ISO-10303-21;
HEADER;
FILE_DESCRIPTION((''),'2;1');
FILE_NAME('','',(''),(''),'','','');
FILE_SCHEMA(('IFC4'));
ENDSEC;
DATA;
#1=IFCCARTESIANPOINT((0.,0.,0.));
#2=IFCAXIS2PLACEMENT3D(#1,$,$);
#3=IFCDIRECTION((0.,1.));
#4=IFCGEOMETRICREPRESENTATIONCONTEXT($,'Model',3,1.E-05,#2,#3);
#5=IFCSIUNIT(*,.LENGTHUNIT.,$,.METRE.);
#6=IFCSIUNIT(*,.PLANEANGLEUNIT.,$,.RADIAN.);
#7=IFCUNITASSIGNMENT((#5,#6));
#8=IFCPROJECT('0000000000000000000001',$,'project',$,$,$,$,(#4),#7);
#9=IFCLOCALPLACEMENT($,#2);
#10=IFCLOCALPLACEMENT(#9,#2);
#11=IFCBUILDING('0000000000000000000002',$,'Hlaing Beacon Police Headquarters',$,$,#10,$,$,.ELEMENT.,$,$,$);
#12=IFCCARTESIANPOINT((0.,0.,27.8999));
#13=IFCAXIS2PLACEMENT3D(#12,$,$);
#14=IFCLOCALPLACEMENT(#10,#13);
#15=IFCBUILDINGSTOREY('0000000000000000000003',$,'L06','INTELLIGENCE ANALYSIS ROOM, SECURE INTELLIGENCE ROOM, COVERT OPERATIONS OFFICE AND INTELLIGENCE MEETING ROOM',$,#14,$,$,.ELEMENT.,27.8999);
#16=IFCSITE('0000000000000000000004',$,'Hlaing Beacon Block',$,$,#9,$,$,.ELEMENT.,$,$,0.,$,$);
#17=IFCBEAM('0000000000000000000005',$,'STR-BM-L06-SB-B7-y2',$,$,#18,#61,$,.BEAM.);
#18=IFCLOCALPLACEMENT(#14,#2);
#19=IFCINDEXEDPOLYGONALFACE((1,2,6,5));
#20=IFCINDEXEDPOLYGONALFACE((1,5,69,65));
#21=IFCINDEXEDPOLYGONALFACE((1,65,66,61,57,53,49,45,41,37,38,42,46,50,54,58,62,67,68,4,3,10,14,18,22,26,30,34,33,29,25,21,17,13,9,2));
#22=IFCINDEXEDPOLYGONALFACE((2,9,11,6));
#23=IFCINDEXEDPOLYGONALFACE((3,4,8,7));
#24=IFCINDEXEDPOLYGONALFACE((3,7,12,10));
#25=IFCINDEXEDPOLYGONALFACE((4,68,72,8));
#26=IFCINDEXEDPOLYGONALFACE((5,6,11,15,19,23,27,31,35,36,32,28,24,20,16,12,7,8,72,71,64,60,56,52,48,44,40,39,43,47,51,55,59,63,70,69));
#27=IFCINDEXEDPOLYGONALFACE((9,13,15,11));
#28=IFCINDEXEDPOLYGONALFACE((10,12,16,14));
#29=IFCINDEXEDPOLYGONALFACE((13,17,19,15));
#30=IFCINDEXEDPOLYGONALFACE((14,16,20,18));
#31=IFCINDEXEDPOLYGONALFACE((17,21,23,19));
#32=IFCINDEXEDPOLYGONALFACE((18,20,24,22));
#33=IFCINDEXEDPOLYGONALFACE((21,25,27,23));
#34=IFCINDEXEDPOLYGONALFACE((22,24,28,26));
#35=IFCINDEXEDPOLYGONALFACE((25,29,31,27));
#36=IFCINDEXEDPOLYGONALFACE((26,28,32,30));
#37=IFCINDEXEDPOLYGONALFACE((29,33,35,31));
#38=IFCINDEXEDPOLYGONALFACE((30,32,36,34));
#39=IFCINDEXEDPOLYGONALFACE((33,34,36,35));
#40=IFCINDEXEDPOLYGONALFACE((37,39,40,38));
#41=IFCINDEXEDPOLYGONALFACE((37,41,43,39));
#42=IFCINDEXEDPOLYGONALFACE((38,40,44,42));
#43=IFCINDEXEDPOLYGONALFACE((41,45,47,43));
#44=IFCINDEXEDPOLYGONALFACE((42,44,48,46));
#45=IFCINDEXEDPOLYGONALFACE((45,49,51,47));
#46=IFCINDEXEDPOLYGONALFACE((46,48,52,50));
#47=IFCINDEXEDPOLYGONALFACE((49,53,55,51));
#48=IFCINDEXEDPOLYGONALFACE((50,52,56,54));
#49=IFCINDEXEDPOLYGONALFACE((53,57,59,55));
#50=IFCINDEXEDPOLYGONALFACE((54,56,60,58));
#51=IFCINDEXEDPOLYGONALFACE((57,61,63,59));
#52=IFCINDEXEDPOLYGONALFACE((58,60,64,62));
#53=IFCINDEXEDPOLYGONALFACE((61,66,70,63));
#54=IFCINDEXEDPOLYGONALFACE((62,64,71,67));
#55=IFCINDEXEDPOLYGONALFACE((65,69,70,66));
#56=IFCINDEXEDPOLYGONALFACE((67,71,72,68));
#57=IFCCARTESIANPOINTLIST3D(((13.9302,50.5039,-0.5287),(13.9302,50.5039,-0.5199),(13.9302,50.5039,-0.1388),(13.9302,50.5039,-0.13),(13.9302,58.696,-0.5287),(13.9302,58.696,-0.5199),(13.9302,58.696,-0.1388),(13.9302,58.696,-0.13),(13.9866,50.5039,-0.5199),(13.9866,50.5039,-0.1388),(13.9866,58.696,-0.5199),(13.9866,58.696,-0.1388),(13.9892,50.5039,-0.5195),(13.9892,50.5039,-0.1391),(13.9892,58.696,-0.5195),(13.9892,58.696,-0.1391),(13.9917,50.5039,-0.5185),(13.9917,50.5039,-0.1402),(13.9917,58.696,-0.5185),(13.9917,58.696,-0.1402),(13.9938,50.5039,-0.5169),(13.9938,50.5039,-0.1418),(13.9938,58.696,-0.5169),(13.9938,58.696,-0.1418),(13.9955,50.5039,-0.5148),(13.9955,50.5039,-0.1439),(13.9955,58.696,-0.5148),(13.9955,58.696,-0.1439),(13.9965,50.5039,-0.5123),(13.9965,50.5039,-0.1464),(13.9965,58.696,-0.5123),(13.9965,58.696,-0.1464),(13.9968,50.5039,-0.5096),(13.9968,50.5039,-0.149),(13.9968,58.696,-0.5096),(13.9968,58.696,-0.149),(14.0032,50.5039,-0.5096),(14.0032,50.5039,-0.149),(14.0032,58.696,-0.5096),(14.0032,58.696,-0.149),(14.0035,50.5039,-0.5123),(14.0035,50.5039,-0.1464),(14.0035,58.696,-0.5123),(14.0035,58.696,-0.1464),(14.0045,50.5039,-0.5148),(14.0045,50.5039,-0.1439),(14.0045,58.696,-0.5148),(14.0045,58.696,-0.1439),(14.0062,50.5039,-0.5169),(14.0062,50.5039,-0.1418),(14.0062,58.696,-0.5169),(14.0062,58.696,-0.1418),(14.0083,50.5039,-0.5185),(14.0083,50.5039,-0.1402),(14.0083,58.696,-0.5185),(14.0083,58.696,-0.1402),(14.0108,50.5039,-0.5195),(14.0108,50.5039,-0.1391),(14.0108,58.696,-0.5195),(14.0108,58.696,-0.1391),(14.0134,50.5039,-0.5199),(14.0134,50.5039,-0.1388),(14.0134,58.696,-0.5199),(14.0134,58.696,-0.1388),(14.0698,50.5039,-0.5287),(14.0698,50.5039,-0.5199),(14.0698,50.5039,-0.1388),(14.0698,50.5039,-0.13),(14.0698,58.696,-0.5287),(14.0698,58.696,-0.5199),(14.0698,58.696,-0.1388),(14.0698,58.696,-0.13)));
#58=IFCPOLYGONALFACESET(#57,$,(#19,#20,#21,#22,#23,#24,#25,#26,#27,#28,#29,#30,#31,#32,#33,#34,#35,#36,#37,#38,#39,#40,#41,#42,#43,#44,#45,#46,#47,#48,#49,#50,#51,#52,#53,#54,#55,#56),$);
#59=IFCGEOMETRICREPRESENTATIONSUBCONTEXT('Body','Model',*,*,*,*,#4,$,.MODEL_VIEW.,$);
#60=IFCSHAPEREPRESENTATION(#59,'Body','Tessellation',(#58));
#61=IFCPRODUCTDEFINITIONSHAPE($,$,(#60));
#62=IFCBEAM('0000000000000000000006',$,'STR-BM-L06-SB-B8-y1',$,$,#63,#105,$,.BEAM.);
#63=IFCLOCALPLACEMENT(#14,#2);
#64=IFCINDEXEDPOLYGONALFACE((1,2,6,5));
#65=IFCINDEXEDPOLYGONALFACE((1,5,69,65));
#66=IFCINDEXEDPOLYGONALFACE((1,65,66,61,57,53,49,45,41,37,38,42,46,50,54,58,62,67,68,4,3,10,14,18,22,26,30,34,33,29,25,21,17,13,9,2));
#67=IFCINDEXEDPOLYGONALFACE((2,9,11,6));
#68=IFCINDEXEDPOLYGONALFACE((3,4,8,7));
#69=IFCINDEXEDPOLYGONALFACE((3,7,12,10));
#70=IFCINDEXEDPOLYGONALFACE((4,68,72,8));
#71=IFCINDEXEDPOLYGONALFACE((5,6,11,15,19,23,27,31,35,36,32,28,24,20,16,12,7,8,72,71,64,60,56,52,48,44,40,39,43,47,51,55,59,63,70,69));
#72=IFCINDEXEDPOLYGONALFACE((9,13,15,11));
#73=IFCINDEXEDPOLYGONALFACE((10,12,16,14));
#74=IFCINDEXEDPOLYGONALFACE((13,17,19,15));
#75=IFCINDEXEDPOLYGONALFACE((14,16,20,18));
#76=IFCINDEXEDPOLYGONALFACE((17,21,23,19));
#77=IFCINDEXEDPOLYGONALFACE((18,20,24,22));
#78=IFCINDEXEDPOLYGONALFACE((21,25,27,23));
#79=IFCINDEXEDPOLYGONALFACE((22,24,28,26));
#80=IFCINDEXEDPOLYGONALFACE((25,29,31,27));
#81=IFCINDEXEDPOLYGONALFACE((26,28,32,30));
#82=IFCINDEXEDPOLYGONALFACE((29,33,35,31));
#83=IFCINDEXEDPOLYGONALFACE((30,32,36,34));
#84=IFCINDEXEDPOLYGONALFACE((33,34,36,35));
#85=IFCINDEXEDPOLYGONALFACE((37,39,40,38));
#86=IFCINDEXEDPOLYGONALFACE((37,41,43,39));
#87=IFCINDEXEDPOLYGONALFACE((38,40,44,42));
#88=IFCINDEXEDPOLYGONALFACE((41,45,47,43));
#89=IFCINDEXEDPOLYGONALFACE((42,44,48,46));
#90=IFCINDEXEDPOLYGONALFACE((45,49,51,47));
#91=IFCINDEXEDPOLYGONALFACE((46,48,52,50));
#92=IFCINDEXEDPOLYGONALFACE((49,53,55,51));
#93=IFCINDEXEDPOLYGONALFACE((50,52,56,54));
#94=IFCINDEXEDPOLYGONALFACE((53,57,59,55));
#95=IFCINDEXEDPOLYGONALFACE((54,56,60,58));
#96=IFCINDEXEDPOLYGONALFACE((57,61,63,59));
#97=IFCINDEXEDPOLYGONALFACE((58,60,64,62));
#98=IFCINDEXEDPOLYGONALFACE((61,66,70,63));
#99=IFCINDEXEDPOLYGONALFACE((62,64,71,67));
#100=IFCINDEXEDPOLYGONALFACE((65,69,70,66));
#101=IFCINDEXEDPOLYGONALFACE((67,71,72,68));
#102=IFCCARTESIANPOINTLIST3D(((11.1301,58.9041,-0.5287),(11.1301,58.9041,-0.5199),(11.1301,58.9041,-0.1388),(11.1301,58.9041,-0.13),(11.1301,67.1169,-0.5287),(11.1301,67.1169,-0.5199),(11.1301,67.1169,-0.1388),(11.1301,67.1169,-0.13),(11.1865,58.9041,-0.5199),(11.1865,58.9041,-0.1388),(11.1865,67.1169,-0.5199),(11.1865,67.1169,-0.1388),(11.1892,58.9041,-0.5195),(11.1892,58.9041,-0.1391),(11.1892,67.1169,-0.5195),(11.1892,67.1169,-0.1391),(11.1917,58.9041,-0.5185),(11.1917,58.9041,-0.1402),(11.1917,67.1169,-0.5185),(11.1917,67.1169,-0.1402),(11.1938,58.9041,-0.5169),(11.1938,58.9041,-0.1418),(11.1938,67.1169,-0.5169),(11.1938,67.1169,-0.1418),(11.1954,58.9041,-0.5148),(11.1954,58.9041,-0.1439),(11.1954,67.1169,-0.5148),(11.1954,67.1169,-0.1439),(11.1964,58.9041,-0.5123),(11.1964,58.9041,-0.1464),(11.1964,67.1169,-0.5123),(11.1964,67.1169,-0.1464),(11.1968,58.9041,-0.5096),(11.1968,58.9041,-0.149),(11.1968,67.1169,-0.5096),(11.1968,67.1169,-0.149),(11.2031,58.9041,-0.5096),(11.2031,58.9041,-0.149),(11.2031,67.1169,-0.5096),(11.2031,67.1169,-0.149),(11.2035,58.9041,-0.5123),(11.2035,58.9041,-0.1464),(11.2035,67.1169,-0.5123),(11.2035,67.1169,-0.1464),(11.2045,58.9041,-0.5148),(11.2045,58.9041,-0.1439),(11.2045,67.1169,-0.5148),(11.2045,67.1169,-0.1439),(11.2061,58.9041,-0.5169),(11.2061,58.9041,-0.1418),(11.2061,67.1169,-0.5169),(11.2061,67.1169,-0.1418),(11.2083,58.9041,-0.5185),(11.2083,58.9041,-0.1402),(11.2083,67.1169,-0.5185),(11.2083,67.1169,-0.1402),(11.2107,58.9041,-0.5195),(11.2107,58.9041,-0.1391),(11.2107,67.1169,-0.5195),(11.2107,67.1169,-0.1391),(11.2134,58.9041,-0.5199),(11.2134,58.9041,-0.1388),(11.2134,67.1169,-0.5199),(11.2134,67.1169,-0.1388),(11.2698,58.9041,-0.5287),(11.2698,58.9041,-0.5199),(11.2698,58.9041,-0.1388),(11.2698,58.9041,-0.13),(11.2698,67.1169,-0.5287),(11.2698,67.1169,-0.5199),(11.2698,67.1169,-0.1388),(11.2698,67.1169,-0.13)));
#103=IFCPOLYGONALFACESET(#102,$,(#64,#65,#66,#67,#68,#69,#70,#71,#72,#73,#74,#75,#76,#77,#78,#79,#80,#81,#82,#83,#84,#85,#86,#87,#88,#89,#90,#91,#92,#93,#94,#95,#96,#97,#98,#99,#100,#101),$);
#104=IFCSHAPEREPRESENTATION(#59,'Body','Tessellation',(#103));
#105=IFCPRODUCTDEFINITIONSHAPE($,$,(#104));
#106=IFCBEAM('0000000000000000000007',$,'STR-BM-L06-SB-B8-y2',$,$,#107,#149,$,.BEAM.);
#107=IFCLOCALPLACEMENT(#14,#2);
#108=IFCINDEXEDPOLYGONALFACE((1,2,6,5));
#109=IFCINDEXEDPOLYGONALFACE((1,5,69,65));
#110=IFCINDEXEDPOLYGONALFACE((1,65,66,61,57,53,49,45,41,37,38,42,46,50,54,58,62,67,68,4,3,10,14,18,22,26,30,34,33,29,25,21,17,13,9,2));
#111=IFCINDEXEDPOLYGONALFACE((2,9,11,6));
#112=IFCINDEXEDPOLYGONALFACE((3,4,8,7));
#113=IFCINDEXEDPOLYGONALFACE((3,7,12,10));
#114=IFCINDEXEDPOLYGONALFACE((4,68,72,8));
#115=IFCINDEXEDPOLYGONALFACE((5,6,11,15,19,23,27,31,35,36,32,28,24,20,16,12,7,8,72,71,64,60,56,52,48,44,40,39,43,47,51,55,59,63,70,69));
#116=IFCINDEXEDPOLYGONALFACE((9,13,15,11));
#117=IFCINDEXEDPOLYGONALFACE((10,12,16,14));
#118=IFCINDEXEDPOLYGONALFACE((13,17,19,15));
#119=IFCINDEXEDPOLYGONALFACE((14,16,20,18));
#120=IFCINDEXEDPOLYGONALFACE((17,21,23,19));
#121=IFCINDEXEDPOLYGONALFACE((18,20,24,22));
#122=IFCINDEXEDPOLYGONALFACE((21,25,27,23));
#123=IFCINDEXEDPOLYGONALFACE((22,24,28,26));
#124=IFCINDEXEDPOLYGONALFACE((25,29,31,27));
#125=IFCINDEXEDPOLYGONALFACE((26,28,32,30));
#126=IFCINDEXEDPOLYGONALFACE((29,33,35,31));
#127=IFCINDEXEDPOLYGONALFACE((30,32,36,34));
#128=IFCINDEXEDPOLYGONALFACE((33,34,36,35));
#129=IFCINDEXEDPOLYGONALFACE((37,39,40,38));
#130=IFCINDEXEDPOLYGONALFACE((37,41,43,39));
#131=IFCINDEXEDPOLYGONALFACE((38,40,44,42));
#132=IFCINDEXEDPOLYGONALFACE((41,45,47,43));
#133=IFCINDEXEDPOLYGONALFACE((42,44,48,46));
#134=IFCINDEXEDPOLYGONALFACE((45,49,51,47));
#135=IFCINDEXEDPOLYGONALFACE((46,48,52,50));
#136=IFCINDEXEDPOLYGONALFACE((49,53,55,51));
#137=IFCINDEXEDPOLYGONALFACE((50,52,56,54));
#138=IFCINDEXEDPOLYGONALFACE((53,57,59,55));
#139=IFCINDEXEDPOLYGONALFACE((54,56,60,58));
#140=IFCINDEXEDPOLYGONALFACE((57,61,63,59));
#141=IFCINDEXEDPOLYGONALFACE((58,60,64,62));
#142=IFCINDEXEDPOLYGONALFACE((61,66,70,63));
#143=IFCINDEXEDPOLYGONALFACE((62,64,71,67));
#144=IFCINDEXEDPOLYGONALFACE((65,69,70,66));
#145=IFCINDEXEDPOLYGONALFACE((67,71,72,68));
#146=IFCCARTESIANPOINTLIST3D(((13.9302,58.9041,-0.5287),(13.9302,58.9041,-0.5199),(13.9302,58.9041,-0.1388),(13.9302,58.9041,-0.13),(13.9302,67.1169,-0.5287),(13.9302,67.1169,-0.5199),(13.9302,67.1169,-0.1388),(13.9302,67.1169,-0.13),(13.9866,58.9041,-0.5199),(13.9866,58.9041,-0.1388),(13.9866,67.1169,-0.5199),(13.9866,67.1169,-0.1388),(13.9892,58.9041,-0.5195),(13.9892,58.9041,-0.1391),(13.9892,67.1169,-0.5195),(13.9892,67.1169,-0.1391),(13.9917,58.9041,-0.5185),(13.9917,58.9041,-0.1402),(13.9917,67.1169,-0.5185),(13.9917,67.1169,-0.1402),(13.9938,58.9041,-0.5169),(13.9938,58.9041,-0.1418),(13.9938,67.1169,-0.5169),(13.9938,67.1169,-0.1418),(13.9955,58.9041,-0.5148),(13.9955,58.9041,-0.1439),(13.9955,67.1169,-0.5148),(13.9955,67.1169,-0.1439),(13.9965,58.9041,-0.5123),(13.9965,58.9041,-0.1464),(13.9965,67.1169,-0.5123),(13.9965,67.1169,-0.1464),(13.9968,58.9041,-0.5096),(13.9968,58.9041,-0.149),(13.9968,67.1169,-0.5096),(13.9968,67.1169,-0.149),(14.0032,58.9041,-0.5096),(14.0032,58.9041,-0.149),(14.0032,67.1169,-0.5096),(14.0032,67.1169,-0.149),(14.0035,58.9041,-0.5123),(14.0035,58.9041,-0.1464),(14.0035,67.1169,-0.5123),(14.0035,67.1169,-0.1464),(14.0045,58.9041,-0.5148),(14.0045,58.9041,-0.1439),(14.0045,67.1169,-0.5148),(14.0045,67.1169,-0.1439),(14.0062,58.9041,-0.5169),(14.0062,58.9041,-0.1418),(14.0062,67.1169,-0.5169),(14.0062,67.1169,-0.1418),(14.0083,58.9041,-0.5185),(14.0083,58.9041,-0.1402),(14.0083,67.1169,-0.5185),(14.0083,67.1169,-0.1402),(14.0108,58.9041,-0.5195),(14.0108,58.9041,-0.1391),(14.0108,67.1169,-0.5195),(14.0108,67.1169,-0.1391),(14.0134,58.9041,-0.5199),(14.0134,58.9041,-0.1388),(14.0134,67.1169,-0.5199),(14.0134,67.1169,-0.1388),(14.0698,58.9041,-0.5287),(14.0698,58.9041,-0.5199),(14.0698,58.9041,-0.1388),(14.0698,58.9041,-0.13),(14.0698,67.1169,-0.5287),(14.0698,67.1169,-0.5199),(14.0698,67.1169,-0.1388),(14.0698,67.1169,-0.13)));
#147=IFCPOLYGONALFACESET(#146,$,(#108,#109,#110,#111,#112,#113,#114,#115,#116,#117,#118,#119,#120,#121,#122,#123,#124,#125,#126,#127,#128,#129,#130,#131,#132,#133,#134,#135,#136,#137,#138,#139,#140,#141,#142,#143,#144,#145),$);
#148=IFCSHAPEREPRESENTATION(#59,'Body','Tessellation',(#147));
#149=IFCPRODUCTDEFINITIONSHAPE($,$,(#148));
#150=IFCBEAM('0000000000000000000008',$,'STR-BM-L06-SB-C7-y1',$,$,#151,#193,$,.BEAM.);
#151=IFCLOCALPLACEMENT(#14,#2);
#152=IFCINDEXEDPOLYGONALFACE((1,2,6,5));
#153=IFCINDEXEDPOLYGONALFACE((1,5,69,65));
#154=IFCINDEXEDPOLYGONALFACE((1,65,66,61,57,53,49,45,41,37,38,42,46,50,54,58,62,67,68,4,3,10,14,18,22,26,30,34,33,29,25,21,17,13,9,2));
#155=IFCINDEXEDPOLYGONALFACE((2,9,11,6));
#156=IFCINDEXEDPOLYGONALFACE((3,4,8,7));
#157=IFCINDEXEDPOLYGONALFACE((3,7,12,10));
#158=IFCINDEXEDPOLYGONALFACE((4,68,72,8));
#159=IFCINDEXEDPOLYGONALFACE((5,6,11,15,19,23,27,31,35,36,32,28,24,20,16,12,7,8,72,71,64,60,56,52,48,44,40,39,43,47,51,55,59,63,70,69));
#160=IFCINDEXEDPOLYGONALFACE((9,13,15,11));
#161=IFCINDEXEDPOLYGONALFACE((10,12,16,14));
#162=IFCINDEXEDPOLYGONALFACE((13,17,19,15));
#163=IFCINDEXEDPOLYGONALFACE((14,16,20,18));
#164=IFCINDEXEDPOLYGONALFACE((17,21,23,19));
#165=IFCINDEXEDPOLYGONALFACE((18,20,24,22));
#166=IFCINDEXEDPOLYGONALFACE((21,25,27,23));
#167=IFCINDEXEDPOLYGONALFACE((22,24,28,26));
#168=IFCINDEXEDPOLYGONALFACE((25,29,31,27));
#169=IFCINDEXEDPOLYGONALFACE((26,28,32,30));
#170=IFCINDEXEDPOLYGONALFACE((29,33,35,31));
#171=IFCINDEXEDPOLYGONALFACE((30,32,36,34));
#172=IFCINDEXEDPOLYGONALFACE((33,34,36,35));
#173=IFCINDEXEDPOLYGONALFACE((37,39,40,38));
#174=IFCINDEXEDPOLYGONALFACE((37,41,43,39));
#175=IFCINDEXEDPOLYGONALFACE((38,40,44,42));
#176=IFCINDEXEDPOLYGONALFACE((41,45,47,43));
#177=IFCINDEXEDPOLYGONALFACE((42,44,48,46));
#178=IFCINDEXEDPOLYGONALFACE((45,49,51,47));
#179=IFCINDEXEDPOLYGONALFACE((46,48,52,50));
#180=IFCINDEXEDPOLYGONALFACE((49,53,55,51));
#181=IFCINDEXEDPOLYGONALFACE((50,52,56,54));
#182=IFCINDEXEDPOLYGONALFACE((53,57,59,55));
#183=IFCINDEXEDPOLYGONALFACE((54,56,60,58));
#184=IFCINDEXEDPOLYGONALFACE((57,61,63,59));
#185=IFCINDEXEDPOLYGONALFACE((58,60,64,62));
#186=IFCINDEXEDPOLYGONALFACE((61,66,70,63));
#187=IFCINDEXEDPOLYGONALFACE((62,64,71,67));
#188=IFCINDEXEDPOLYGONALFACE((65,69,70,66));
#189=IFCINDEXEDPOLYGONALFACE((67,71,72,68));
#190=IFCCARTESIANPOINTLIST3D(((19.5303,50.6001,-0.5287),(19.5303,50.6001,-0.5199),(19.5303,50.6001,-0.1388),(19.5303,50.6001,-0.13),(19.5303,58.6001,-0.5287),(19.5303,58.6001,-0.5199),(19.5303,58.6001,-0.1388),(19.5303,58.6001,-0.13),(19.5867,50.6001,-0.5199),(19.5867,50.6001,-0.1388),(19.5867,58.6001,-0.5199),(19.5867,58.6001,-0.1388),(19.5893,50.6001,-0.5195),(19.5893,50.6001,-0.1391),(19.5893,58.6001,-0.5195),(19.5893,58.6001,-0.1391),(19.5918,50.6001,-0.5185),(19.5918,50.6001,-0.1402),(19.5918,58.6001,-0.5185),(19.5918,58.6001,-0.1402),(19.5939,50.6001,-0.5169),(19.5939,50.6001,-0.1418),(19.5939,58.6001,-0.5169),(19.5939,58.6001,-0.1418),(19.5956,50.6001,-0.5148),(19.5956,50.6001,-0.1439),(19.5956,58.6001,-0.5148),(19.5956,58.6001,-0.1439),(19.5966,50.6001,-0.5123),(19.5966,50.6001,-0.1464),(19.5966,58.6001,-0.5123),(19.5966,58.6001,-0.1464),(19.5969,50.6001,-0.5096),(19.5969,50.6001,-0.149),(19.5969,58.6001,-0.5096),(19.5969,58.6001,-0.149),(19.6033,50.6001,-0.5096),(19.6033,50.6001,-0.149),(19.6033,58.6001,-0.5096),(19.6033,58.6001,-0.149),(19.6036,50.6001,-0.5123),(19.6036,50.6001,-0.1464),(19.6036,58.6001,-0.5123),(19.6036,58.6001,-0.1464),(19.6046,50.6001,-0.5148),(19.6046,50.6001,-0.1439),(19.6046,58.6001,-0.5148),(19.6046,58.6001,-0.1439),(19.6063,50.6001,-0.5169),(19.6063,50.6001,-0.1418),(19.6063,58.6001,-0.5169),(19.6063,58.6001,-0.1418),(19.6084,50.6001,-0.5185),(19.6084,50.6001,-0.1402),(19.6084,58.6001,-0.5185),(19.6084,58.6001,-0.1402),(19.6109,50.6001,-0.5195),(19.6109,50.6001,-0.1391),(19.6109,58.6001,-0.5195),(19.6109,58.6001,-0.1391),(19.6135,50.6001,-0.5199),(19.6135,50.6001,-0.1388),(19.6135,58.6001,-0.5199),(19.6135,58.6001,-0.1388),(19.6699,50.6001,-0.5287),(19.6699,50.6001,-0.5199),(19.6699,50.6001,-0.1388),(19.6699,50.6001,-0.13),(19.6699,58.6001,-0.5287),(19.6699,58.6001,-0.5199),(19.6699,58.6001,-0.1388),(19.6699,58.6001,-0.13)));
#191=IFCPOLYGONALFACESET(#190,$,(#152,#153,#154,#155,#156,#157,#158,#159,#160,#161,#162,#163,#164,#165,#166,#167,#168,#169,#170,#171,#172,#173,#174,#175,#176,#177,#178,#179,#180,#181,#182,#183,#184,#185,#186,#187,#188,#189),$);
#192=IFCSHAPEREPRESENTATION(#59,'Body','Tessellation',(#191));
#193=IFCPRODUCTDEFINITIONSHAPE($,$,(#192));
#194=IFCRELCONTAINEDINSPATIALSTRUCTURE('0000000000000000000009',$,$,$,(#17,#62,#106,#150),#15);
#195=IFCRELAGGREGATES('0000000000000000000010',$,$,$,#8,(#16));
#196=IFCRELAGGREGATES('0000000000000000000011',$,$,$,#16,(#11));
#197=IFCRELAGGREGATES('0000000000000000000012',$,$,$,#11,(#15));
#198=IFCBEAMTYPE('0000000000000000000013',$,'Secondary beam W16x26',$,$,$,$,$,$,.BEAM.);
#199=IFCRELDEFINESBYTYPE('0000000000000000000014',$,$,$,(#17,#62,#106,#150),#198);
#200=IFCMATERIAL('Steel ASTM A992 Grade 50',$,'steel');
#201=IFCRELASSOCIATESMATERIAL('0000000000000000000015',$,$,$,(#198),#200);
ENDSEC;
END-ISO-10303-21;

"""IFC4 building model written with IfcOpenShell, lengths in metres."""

from ifc_helpers import new_model, si_unit, direction, frame, origin, origin_2d, place, context, subcontext, project, spatial, i_section, extrude, material, material_profile, profile_set, type_object, element, save


model = new_model("IFC4")

# Units and contexts
model_context = context("Model", 3, precision=1e-05, world=origin(), true_north=direction((0.0, 1.0)))
body_context = subcontext(model_context, "Body", "Model", "MODEL_VIEW")
ifc_project = project(units=[si_unit("LENGTHUNIT", "METRE"), si_unit("PLANEANGLEUNIT", "RADIAN")], contexts=[model_context])

# Site, building, storey
site_placement = place(None, origin())
site = spatial("IfcSite", under=ifc_project, at=site_placement, Name="Hlaing Beacon Block", CompositionType="ELEMENT", RefElevation=0.0)
building_placement = place(site_placement, origin())
building = spatial("IfcBuilding", under=site, at=building_placement, Name="Hlaing Beacon Police Headquarters", CompositionType="ELEMENT")
storey_placement = place(building_placement, frame((0.0, 0.0, 27.8999)))
storey = spatial("IfcBuildingStorey", under=building, at=storey_placement, Name="L06", Description="INTELLIGENCE ANALYSIS ROOM, SECURE INTELLIGENCE ROOM, COVERT OPERATIONS OFFICE AND INTELLIGENCE MEETING ROOM", CompositionType="ELEMENT", Elevation=27.8999)

# Beams
ifc_material_1 = material(Name="Steel ASTM A992 Grade 50", Category="steel")
ifc_material_profile_1 = material_profile(ifc_material_1, i_section(OverallWidth=0.1396, OverallDepth=0.3987, WebThickness=0.0063, FlangeThickness=0.0088, FilletRadius=0.0103, at=origin_2d()), Name="W16x26")
ifc_profile_set_1 = profile_set([ifc_material_profile_1], Name="Steel ASTM A992 Grade 50")
beam_type_1 = type_object("IfcBeamType", Name="Secondary beam W16x26", PredefinedType="BEAM", material=ifc_profile_set_1)
for number, where, z_axis, x_axis, name in (
    (1, (14.0, 50.5039, -0.3293), (0.0, 1.0, 0.0), (-1.0, 0.0, 0.0), "STR-BM-L06-SB-B7-y2"),
):
    element("IfcBeam", number, at=place(storey_placement, frame(where, z_axis=z_axis, x_axis=x_axis)), inside=storey, type_object=beam_type_1, Name=name, PredefinedType="BEAM", context=body_context, shape_type="SweptSolid", body=[
        extrude(i_section(OverallWidth=0.1396, OverallDepth=0.3987, WebThickness=0.0063, FlangeThickness=0.0088, FilletRadius=0.0103, at=origin_2d()), origin(), (0.0, 0.0, 1.0), 8.1921),
    ])
for number, where, z_axis, x_axis, name in (
    (2, (11.2, 58.9041, -0.3293), (0.0, 1.0, 0.0), (-1.0, 0.0, 0.0), "STR-BM-L06-SB-B8-y1"),
    (3, (14.0, 58.9041, -0.3293), (0.0, 1.0, 0.0), (-1.0, 0.0, 0.0), "STR-BM-L06-SB-B8-y2"),
):
    element("IfcBeam", number, at=place(storey_placement, frame(where, z_axis=z_axis, x_axis=x_axis)), inside=storey, type_object=beam_type_1, Name=name, PredefinedType="BEAM", context=body_context, shape_type="SweptSolid", body=[
        extrude(i_section(OverallWidth=0.1396, OverallDepth=0.3987, WebThickness=0.0063, FlangeThickness=0.0088, FilletRadius=0.0103, at=origin_2d()), origin(), (0.0, 0.0, 1.0), 8.2129),
    ])
for number, where, z_axis, x_axis, name in (
    (4, (19.6001, 50.6001, -0.3293), (0.0, 1.0, 0.0), (-1.0, 0.0, 0.0), "STR-BM-L06-SB-C7-y1"),
):
    element("IfcBeam", number, at=place(storey_placement, frame(where, z_axis=z_axis, x_axis=x_axis)), inside=storey, type_object=beam_type_1, Name=name, PredefinedType="BEAM", context=body_context, shape_type="SweptSolid", body=[
        extrude(i_section(OverallWidth=0.1396, OverallDepth=0.3987, WebThickness=0.0063, FlangeThickness=0.0088, FilletRadius=0.0103, at=origin_2d()), origin(), (0.0, 0.0, 1.0), 8.0),
    ])

save(model, "model.ifc")
